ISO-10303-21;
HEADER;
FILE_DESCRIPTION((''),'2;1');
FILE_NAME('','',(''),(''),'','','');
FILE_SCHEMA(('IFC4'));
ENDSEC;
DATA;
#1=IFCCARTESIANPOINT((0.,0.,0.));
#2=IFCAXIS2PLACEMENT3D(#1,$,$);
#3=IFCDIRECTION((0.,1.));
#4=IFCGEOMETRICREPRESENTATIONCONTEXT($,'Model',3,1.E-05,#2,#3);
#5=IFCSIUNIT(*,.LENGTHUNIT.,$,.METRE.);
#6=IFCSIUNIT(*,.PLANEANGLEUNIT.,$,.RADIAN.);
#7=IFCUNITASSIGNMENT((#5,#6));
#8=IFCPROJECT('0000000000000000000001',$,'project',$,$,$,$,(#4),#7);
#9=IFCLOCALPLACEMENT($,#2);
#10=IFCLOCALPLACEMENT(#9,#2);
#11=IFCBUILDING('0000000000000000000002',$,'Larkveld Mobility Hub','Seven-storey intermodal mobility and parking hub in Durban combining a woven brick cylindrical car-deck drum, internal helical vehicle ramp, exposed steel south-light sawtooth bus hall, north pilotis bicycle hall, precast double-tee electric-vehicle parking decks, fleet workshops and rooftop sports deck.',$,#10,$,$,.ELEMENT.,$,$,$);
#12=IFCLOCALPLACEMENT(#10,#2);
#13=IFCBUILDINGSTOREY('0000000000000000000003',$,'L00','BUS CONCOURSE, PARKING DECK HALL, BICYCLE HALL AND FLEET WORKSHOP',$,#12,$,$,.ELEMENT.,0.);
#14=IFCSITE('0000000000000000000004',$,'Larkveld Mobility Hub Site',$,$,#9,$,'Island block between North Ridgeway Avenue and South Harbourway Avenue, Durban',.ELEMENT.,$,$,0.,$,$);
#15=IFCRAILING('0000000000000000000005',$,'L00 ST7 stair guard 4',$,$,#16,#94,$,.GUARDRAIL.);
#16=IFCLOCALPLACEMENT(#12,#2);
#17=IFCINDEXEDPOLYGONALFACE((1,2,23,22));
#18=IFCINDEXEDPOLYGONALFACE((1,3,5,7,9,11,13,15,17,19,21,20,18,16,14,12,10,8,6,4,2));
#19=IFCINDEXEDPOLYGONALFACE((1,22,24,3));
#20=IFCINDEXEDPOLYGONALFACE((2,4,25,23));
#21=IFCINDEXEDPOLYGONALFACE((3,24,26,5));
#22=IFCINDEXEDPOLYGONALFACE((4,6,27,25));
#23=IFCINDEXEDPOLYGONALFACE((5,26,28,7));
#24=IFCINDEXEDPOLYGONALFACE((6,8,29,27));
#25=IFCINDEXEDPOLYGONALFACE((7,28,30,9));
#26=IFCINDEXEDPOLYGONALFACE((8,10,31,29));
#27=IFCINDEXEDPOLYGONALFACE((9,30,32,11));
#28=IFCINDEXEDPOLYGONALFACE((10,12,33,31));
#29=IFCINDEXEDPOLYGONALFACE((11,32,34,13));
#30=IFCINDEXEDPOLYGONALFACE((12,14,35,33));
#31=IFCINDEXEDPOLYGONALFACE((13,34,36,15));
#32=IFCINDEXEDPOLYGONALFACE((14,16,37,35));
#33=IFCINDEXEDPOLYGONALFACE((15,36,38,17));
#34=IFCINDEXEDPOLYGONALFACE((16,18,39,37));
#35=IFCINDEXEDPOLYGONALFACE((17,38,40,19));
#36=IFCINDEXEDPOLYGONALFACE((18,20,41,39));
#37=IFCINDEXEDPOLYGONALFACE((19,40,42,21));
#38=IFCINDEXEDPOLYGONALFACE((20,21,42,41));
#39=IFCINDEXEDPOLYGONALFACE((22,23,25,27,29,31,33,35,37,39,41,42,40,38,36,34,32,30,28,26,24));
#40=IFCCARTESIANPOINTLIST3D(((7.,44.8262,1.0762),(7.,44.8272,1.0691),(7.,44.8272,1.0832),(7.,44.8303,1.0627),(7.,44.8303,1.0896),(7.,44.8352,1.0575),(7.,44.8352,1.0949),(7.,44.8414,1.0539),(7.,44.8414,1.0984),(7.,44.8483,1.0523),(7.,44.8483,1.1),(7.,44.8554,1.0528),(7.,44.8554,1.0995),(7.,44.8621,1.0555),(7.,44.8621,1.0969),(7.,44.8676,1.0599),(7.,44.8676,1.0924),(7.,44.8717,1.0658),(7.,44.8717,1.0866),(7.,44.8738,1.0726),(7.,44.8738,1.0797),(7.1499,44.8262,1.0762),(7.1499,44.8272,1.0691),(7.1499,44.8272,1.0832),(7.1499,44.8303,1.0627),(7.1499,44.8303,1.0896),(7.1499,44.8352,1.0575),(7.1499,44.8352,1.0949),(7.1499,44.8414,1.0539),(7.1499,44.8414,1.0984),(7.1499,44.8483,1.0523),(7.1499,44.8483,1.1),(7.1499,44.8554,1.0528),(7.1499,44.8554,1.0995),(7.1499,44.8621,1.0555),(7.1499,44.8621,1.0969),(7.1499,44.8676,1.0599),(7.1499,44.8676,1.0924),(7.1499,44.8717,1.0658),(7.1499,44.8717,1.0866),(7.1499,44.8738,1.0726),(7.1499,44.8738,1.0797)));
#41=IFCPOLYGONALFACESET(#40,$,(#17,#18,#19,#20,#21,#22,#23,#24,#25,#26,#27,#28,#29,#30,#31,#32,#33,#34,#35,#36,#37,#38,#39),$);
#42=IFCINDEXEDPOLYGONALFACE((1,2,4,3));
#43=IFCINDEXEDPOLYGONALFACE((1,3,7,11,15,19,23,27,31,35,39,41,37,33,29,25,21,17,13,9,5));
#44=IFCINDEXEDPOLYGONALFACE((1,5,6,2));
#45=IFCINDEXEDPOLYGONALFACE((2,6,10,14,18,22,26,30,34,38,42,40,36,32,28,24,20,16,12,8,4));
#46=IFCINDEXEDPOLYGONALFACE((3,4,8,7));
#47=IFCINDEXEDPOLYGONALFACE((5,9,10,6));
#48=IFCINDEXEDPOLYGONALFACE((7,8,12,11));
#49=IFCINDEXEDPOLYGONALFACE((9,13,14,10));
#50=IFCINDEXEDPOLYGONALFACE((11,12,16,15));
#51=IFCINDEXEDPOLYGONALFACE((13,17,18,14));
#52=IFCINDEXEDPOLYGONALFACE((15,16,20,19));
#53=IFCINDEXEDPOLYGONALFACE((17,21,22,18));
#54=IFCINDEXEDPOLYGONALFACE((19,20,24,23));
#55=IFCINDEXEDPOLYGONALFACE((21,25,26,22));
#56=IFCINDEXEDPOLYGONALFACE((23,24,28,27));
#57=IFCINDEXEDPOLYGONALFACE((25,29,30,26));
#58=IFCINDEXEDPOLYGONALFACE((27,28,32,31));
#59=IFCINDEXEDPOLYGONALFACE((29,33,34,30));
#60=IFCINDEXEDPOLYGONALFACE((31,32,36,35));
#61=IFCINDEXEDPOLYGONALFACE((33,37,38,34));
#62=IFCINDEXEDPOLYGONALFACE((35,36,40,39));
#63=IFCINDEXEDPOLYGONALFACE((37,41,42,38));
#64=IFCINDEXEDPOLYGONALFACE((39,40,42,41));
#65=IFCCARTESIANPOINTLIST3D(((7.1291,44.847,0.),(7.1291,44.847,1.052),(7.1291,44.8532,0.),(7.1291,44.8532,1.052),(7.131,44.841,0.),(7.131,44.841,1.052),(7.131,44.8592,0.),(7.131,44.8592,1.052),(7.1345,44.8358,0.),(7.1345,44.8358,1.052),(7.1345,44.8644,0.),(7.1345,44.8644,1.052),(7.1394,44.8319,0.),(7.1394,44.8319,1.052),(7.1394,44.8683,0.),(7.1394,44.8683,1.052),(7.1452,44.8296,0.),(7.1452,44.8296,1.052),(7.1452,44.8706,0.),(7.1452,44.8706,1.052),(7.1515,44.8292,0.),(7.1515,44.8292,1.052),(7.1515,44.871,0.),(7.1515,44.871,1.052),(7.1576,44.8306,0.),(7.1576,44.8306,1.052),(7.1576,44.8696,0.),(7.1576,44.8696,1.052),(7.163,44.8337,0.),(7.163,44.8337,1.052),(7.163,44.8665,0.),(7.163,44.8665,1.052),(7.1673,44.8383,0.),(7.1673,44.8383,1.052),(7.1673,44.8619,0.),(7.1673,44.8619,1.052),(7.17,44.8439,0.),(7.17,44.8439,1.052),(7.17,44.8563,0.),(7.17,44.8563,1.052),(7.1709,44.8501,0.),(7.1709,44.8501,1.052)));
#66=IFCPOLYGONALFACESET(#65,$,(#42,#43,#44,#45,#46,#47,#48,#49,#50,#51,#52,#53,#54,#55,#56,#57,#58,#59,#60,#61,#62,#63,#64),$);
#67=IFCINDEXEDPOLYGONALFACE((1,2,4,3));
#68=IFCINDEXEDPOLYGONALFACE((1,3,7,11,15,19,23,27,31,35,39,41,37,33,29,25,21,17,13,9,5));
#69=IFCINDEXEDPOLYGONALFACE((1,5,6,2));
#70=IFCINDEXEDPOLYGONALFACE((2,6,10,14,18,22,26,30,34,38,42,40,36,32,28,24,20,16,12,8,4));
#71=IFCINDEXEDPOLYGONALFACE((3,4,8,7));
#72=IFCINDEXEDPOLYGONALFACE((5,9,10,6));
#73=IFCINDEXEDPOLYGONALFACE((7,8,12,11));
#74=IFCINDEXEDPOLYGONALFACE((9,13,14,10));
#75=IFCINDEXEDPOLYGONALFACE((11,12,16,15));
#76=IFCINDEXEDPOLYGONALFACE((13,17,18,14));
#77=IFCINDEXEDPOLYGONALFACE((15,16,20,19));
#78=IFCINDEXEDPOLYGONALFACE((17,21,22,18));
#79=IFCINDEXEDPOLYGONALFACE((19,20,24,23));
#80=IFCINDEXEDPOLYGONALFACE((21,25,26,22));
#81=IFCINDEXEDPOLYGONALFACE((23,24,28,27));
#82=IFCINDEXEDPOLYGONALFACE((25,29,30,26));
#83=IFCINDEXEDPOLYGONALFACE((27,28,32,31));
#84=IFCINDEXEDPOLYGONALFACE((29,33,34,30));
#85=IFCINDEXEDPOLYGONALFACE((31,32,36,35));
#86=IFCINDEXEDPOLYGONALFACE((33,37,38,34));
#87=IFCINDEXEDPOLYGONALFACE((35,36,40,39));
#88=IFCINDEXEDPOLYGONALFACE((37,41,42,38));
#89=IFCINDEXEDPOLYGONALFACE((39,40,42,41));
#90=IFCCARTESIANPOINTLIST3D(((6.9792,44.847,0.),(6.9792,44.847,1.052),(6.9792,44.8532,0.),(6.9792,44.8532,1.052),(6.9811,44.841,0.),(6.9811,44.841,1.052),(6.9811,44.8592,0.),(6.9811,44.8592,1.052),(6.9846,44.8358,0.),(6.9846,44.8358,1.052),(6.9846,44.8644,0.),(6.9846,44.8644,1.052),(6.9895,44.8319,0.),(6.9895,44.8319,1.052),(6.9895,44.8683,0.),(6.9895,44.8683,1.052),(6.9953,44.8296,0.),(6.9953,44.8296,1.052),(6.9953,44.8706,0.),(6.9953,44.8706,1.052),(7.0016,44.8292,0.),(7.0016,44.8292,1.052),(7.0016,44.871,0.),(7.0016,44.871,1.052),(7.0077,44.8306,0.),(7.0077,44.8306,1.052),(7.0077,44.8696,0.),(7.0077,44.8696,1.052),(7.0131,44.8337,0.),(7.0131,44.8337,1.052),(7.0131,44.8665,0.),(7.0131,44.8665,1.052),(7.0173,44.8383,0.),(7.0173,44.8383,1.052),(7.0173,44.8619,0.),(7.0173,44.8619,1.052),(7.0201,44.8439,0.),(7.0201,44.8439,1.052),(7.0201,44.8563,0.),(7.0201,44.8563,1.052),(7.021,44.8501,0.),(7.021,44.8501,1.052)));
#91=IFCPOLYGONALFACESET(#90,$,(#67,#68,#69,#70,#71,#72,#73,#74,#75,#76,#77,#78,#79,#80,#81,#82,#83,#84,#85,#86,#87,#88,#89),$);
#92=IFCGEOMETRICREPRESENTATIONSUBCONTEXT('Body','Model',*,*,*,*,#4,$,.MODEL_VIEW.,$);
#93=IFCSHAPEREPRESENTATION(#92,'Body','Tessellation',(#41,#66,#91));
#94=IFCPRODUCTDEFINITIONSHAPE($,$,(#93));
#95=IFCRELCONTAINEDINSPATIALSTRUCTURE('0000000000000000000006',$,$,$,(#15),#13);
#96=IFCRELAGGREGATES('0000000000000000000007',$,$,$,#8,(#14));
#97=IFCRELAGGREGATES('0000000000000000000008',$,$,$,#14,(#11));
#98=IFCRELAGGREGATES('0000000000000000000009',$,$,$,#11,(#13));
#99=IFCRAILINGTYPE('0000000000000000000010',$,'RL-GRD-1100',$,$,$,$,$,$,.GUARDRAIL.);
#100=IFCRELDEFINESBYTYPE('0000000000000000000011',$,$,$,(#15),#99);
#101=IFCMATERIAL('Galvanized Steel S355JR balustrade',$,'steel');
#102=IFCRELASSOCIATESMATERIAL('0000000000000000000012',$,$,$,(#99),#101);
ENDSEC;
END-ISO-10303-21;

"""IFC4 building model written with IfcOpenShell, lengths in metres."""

from ifc_helpers import new_model, si_unit, direction, frame, origin, origin_2d, place, context, subcontext, project, spatial, circle, extrude, material, type_object, element, save


model = new_model("IFC4")

# Units and contexts
model_context = context("Model", 3, precision=1e-05, world=origin(), true_north=direction((0.0, 1.0)))
body_context = subcontext(model_context, "Body", "Model", "MODEL_VIEW")
ifc_project = project(units=[si_unit("LENGTHUNIT", "METRE"), si_unit("PLANEANGLEUNIT", "RADIAN")], contexts=[model_context])

# Site, building, storey
site_placement = place(None, origin())
site = spatial("IfcSite", under=ifc_project, at=site_placement, Name="Larkveld Mobility Hub Site", LongName="Island block between North Ridgeway Avenue and South Harbourway Avenue, Durban", CompositionType="ELEMENT", RefElevation=0.0)
building_placement = place(site_placement, origin())
building = spatial("IfcBuilding", under=site, at=building_placement, Name="Larkveld Mobility Hub", Description="Seven-storey intermodal mobility and parking hub in Durban combining a woven brick cylindrical car-deck drum, internal helical vehicle ramp, exposed steel south-light sawtooth bus hall, north pilotis bicycle hall, precast double-tee electric-vehicle parking decks, fleet workshops and rooftop sports deck.", CompositionType="ELEMENT")
storey_placement = place(building_placement, origin())
storey = spatial("IfcBuildingStorey", under=building, at=storey_placement, Name="L00", Description="BUS CONCOURSE, PARKING DECK HALL, BICYCLE HALL AND FLEET WORKSHOP", CompositionType="ELEMENT", Elevation=0.0)

# Railing
ifc_material_1 = material(Name="Galvanized Steel S355JR balustrade", Category="steel")
railing_type = type_object("IfcRailingType", Name="RL-GRD-1100", PredefinedType="GUARDRAIL", material=ifc_material_1)
railing_1_placement = place(storey_placement, frame((7.1499, 44.8501, 0.0)))
element("IfcRailing", 1, at=railing_1_placement, inside=storey, type_object=railing_type, Name="L00 ST7 stair guard 4", PredefinedType="GUARDRAIL", context=body_context, shape_type="SweptSolid", body=[
    extrude(circle(Radius=0.0239, at=origin_2d()), frame((0.0, 0.0, 1.0762), z_axis=(-1.0, 0.0, 0.0), x_axis=(0.0, -1.0, 0.0)), (0.0, 0.0, 1.0), 0.1499),
    extrude(circle(Radius=0.021, at=origin_2d()), origin(), (0.0, 0.0, 1.0), 1.052),
    extrude(circle(Radius=0.021, at=origin_2d()), frame((-0.1499, 0.0, 0.0)), (0.0, 0.0, 1.0), 1.052),
])

save(model, "model.ifc")
